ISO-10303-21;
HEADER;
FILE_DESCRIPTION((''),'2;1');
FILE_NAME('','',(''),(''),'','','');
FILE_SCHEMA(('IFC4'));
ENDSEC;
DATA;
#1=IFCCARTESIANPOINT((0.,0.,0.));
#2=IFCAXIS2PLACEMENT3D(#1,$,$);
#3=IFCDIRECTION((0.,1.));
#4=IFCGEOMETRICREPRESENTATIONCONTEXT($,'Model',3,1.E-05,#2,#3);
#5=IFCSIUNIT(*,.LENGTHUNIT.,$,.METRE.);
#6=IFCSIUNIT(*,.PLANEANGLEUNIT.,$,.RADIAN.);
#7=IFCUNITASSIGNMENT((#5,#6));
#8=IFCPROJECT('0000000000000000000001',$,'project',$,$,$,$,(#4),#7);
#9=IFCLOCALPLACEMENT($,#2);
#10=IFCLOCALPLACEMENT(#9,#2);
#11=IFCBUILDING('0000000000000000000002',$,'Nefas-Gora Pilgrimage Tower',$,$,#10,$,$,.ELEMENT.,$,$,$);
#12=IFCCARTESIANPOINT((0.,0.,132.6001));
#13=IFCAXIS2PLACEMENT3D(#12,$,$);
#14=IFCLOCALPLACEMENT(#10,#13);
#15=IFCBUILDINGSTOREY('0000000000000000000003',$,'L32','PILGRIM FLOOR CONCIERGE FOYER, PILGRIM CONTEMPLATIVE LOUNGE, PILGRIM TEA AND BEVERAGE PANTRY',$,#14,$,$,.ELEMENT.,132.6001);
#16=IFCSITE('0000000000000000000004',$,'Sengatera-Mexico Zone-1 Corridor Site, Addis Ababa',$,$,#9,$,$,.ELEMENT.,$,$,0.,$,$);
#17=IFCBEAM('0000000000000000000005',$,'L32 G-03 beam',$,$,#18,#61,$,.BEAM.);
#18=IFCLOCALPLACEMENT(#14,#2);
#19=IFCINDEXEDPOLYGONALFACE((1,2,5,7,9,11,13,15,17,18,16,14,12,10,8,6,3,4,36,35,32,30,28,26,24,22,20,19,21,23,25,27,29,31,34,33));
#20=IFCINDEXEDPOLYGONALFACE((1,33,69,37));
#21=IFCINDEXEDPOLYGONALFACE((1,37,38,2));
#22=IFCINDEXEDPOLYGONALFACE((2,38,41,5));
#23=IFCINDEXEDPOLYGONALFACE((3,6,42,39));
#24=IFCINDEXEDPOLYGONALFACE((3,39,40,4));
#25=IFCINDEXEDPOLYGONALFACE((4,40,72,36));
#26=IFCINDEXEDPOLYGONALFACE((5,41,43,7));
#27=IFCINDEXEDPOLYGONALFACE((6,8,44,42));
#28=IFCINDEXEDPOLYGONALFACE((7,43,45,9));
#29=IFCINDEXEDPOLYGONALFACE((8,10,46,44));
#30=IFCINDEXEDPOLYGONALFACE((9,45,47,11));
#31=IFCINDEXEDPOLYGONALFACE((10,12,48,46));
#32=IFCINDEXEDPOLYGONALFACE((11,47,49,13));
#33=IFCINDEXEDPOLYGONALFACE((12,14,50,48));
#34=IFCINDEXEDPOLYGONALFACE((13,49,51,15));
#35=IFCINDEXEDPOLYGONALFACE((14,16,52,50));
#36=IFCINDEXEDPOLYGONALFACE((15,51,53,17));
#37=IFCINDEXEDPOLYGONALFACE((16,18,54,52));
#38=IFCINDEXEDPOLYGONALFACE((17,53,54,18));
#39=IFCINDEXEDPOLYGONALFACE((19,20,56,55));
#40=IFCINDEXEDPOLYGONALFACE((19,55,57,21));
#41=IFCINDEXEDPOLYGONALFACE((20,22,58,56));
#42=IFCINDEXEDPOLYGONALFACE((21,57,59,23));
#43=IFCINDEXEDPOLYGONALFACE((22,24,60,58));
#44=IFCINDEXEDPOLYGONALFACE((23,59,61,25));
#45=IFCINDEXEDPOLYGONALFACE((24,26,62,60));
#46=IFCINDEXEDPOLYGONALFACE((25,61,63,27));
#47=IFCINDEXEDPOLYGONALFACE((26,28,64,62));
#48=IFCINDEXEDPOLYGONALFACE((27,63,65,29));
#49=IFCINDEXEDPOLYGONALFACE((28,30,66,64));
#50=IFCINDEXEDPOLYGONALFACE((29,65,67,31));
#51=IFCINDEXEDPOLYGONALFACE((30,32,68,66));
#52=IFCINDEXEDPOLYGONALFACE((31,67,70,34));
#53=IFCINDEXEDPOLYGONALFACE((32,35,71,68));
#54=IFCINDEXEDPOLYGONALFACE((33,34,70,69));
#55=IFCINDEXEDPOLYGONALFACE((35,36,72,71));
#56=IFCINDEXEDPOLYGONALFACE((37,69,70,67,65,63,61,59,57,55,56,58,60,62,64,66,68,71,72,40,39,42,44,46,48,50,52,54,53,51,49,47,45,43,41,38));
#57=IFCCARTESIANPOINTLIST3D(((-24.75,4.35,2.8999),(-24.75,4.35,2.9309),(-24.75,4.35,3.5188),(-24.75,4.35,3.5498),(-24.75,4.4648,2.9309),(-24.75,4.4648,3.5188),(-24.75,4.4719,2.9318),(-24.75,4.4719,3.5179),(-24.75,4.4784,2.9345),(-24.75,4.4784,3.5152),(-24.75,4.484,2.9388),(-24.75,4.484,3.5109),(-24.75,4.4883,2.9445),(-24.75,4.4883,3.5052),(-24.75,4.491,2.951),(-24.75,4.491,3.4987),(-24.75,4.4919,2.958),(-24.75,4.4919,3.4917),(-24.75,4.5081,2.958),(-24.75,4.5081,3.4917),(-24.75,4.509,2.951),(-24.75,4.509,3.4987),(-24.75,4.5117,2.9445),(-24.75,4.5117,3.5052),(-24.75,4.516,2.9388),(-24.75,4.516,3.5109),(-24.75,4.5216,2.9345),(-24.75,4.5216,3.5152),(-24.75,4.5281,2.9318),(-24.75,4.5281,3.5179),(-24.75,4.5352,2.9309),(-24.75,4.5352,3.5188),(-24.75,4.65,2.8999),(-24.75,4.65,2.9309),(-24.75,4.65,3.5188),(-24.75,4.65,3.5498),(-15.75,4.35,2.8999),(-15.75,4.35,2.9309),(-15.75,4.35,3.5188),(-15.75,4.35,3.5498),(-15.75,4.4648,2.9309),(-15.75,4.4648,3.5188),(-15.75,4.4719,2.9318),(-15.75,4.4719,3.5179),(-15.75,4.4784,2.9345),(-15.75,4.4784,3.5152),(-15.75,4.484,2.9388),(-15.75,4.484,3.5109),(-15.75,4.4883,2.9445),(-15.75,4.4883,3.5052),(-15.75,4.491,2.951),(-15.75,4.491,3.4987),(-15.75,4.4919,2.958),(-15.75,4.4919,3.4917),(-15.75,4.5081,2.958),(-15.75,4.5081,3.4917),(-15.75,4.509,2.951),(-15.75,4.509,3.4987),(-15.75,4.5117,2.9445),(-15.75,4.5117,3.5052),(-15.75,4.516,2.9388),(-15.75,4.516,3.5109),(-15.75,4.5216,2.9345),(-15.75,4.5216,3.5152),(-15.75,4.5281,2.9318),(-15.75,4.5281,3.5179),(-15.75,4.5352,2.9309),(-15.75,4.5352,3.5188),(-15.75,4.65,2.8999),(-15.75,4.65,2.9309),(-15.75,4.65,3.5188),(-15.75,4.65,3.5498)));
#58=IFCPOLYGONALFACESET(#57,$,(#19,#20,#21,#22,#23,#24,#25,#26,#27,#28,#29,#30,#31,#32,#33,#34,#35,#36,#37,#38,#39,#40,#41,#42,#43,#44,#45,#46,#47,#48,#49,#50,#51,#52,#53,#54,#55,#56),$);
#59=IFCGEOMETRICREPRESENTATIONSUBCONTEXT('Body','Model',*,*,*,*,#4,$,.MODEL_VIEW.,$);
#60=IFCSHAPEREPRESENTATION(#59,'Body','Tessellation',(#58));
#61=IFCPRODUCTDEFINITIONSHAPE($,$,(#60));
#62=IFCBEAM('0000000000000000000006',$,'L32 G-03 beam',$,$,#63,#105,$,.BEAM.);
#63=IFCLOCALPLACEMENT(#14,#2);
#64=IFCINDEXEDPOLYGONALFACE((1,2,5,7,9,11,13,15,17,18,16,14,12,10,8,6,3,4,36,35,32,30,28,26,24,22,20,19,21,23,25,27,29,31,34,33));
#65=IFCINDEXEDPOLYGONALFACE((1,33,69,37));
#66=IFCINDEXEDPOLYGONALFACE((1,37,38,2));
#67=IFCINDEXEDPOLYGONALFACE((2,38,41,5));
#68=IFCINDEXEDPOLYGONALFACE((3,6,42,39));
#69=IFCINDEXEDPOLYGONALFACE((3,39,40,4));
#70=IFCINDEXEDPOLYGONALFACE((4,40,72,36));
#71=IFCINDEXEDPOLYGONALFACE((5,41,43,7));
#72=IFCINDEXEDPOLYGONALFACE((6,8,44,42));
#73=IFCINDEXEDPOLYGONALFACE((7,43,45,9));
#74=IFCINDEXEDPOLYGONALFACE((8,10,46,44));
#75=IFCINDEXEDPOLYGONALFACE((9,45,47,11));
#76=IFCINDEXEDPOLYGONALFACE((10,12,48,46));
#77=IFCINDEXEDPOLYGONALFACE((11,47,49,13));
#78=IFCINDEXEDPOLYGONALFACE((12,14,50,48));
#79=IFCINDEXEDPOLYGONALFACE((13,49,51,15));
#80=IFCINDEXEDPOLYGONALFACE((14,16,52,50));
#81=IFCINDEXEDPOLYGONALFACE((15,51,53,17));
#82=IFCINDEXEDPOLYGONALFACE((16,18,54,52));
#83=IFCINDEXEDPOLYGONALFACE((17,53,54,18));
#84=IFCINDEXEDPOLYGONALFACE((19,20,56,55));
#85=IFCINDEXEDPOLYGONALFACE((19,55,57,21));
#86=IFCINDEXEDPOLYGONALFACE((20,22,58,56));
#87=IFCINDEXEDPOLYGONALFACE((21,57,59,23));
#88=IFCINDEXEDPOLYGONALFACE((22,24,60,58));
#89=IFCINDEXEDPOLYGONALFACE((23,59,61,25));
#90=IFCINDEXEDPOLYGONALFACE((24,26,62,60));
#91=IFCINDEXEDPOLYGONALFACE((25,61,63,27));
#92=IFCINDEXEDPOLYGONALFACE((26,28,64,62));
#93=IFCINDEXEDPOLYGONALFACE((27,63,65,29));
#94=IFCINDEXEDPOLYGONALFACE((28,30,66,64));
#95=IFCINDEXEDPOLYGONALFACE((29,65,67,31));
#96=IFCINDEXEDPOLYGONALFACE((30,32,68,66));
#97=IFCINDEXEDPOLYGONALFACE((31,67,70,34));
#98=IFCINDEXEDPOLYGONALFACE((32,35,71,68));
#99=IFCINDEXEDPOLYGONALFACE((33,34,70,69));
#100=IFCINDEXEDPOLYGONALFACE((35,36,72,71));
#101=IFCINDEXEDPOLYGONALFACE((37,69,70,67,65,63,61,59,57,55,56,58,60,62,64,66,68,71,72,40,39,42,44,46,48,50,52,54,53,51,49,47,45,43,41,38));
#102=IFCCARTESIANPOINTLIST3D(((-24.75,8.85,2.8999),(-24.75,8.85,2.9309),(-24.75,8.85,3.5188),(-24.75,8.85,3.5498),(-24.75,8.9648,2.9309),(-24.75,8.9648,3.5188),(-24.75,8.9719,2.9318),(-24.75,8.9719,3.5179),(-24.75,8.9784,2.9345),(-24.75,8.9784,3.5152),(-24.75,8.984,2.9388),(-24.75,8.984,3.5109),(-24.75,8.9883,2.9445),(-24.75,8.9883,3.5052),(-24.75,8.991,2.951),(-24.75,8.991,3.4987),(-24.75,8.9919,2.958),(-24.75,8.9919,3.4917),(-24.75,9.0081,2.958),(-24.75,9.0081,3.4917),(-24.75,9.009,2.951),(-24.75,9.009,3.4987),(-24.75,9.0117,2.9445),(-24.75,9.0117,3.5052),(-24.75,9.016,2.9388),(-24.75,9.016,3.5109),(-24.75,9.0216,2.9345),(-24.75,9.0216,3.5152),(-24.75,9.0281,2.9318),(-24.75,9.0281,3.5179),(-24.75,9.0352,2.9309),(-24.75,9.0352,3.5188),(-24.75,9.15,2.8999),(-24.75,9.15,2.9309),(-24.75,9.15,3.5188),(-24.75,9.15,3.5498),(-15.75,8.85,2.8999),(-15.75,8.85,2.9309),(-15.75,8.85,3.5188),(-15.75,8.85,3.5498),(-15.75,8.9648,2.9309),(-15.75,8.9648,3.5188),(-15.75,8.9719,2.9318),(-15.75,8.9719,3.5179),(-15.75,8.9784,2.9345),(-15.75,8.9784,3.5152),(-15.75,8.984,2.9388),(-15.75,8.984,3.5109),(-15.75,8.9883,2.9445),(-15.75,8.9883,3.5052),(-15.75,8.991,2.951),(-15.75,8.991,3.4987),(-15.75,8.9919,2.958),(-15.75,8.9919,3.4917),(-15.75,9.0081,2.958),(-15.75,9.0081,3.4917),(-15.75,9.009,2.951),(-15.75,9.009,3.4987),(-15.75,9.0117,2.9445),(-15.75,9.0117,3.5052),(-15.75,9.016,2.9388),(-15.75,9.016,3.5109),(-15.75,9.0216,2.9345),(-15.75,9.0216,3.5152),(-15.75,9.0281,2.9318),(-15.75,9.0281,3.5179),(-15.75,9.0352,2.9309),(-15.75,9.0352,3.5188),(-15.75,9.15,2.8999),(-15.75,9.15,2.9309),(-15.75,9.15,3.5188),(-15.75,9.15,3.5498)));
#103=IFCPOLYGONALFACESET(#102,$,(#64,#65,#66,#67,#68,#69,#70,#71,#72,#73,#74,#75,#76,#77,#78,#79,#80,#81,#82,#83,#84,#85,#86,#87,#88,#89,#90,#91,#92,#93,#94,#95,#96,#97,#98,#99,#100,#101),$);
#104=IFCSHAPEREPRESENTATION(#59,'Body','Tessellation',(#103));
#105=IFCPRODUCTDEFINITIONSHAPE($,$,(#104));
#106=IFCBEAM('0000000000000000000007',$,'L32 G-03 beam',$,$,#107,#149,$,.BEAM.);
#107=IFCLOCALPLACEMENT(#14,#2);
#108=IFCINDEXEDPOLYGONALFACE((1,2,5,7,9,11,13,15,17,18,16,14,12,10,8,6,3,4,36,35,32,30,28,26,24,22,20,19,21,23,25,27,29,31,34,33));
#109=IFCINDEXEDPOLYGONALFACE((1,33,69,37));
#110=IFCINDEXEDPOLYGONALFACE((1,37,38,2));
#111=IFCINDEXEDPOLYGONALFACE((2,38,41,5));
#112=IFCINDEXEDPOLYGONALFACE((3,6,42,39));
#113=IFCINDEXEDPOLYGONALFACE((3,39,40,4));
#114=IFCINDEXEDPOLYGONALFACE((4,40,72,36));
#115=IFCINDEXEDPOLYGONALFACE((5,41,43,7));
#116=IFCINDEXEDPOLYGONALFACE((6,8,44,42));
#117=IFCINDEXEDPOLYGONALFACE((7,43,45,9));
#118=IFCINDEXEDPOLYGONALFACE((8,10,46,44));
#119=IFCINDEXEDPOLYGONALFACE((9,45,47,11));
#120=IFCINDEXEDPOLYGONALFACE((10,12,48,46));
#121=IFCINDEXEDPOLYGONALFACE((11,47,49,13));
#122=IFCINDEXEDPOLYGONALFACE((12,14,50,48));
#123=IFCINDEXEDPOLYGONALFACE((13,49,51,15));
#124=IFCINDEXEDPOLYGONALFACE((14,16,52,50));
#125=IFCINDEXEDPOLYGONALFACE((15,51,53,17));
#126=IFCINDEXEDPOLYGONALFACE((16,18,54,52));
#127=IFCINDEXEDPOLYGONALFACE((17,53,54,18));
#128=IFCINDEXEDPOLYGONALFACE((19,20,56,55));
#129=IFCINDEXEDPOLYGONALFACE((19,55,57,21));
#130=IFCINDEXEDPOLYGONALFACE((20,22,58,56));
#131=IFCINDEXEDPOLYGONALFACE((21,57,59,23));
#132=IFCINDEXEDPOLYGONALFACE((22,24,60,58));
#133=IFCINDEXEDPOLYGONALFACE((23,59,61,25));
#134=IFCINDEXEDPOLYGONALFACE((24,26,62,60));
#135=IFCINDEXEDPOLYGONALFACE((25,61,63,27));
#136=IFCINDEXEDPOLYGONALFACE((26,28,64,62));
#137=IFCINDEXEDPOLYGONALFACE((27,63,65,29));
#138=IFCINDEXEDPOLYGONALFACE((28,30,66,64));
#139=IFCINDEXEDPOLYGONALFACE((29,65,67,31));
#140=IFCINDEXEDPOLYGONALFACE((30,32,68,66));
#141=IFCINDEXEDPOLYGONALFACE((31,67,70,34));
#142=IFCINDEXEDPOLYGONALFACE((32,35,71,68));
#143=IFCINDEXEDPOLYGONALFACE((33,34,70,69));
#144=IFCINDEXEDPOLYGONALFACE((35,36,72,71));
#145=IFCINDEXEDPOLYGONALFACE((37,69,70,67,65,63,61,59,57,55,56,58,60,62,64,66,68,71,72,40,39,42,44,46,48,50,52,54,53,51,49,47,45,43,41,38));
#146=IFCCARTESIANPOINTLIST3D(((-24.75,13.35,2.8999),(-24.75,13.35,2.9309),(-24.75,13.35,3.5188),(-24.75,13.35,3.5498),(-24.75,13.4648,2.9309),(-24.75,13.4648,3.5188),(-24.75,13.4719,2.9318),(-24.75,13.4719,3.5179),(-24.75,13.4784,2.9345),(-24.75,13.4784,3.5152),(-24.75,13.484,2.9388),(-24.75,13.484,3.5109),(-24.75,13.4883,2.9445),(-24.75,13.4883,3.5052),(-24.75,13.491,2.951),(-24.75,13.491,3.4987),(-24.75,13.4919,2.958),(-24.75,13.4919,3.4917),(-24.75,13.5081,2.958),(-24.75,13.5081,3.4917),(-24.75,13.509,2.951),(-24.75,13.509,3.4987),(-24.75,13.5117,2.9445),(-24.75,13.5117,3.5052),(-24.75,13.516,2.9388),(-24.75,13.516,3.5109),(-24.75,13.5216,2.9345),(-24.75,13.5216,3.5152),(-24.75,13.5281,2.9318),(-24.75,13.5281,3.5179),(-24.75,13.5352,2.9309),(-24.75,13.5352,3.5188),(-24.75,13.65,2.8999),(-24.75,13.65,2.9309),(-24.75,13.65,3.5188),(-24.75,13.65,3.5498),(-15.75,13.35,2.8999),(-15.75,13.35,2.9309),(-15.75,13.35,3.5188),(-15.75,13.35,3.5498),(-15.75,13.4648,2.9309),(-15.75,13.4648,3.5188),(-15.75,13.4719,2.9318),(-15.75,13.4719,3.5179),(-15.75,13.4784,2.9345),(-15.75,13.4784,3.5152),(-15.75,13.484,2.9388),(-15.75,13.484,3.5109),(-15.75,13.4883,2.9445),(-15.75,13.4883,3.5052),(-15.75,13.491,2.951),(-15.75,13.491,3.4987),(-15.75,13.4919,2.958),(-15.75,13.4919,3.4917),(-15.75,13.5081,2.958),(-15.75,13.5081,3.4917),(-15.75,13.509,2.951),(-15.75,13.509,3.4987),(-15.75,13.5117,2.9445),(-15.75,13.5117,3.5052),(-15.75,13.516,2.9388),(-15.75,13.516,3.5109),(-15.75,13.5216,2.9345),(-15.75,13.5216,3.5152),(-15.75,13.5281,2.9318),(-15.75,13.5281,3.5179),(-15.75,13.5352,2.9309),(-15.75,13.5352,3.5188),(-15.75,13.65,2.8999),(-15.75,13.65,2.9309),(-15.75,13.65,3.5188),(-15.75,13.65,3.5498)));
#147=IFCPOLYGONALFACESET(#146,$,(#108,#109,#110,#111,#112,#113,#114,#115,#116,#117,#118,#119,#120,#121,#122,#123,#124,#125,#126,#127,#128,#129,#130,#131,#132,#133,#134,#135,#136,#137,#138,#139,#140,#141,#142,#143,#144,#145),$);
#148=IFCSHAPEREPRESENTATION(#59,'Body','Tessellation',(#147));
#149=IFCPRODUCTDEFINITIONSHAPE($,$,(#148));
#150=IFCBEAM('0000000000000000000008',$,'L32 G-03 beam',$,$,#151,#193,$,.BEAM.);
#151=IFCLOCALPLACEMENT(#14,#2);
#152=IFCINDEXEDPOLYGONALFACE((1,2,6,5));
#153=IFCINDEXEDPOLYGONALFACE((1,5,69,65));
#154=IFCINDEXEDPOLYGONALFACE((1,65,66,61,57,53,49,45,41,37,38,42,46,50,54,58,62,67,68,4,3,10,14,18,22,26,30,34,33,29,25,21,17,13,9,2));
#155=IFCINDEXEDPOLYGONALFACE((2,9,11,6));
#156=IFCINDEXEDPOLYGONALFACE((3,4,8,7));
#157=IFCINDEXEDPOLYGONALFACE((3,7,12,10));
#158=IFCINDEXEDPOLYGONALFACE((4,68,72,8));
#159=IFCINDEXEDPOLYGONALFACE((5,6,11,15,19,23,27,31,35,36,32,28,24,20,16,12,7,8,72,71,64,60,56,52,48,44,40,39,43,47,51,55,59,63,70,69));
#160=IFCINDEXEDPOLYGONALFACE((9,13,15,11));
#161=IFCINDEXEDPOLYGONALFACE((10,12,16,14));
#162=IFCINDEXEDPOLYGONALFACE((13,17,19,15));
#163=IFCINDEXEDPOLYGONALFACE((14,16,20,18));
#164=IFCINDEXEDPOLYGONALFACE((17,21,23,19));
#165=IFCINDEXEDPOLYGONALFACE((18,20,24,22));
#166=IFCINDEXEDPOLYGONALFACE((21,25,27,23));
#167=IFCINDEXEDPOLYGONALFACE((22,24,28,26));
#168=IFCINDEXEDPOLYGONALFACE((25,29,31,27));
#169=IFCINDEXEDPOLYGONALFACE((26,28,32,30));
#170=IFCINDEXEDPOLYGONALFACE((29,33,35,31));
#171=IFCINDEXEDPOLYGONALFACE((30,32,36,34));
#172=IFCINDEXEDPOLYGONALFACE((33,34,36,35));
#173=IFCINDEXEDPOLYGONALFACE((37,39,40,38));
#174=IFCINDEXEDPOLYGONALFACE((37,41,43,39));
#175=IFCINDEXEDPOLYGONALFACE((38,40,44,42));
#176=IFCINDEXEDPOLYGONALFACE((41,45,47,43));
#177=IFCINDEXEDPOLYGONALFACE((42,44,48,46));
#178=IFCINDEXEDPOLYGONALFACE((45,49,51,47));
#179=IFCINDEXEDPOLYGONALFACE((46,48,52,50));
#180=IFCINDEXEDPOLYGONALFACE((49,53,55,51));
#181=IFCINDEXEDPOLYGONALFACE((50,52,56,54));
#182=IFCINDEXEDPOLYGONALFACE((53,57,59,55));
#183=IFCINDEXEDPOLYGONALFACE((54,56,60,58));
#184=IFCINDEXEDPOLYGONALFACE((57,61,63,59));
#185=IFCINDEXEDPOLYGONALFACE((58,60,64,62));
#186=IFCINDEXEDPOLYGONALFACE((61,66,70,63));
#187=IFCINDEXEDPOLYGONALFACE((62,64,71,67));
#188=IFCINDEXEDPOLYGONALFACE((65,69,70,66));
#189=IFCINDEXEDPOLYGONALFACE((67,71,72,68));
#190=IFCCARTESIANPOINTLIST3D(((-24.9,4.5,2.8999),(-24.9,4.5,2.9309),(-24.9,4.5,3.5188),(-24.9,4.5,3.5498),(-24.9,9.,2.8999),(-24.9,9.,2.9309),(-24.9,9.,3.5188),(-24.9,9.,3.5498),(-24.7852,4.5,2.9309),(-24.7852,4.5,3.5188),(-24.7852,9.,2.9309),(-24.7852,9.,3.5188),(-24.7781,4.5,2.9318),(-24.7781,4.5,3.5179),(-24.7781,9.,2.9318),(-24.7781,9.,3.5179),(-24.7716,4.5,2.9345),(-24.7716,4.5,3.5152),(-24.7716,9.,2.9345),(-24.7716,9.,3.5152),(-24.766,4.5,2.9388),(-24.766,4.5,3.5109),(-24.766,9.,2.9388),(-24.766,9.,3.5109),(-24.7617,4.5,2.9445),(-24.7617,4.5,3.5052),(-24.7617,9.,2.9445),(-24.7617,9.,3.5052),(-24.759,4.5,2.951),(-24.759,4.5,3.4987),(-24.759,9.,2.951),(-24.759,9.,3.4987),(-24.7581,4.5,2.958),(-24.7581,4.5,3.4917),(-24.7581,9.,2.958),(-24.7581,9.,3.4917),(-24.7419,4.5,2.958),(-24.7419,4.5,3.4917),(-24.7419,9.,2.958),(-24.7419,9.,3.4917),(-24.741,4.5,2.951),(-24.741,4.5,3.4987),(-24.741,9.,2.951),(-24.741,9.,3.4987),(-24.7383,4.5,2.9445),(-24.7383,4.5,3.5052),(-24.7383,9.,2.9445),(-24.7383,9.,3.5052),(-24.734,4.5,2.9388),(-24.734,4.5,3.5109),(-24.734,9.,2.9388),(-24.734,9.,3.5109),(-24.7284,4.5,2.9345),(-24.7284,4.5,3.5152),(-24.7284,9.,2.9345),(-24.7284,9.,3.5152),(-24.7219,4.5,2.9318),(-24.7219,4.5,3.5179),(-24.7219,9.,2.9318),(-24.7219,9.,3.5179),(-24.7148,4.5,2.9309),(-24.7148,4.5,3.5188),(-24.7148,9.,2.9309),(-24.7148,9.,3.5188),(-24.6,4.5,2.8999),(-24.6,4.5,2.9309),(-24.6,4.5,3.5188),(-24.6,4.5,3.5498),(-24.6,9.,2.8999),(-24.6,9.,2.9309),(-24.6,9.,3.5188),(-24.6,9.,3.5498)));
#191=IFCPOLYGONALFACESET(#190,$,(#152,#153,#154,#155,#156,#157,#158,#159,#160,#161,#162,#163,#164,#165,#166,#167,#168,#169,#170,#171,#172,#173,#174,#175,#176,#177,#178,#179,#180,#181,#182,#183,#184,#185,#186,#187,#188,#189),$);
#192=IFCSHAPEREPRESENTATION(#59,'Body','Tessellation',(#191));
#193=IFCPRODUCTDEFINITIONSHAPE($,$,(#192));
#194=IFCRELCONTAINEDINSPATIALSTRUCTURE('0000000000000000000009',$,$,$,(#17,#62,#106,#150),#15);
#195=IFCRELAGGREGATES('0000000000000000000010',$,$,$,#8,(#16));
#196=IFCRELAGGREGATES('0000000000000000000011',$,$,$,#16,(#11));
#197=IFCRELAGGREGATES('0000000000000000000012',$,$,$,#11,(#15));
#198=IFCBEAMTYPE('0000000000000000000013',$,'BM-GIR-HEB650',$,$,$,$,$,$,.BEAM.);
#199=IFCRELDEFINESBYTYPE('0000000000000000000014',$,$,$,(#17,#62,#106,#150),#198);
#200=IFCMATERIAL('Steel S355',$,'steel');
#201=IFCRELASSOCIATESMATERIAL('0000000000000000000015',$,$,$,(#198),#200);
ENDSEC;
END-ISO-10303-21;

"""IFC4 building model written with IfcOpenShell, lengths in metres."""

from ifc_helpers import new_model, si_unit, direction, frame, origin, origin_2d, place, context, subcontext, project, spatial, i_section, extrude, source, transform, mapped, material, material_profile, profile_set, type_object, element, save


model = new_model("IFC4")

# Units and contexts
model_context = context("Model", 3, precision=1e-05, world=origin(), true_north=direction((0.0, 1.0)))
body_context = subcontext(model_context, "Body", "Model", "MODEL_VIEW")
ifc_project = project(units=[si_unit("LENGTHUNIT", "METRE"), si_unit("PLANEANGLEUNIT", "RADIAN")], contexts=[model_context])

# Site, building, storey
site_placement = place(None, origin())
site = spatial("IfcSite", under=ifc_project, at=site_placement, Name="Sengatera-Mexico Zone-1 Corridor Site, Addis Ababa", CompositionType="ELEMENT", RefElevation=0.0)
building_placement = place(site_placement, origin())
building = spatial("IfcBuilding", under=site, at=building_placement, Name="Nefas-Gora Pilgrimage Tower", CompositionType="ELEMENT")
storey_placement = place(building_placement, frame((0.0, 0.0, 132.6001)))
storey = spatial("IfcBuildingStorey", under=building, at=storey_placement, Name="L32", Description="PILGRIM FLOOR CONCIERGE FOYER, PILGRIM CONTEMPLATIVE LOUNGE, PILGRIM TEA AND BEVERAGE PANTRY", CompositionType="ELEMENT", Elevation=132.6001)

# Beams
ifc_material_1 = material(Name="Steel S355", Category="steel")
ifc_material_profile_1 = material_profile(ifc_material_1, i_section(OverallWidth=0.3, OverallDepth=0.6499, WebThickness=0.0161, FlangeThickness=0.031, FilletRadius=0.0271, at=origin_2d()), Name="HEB 650")
ifc_profile_set_1 = profile_set([ifc_material_profile_1], Name="Steel S355")
beam_type_1 = type_object("IfcBeamType", Name="BM-GIR-HEB650", PredefinedType="BEAM", material=ifc_profile_set_1)
shared_shape_1 = source(origin(), body_context, "Body", "SweptSolid", [
    extrude(i_section(OverallWidth=0.3, OverallDepth=0.6499, WebThickness=0.0161, FlangeThickness=0.031, FilletRadius=0.0271, at=origin_2d()), origin(), (0.0, 0.0, 1.0), 9.0),
])
for number, where, z_axis, x_axis, name in (
    (1, (-24.75, 4.5, 3.2249), (1.0, 0.0, 0.0), (0.0, 1.0, 0.0), "L32 G-03 beam"),
    (2, (-24.75, 9.0, 3.2249), (1.0, 0.0, 0.0), (0.0, 1.0, 0.0), "L32 G-03 beam"),
    (3, (-24.75, 13.5, 3.2249), (1.0, 0.0, 0.0), (0.0, 1.0, 0.0), "L32 G-03 beam"),
):
    element("IfcBeam", number, at=place(storey_placement, frame(where, z_axis=z_axis, x_axis=x_axis)), inside=storey, type_object=beam_type_1, Name=name, PredefinedType="BEAM", context=body_context, shape_type="MappedRepresentation", body=[
        mapped(shared_shape_1, transform((0.0, 0.0, 0.0), x_axis=(1.0, 0.0, 0.0), y_axis=(0.0, 1.0, 0.0), z_axis=(0.0, 0.0, 1.0), scale=1.0)),
    ])
shared_shape_2 = source(origin(), body_context, "Body", "SweptSolid", [
    extrude(i_section(OverallWidth=0.3, OverallDepth=0.6499, WebThickness=0.0161, FlangeThickness=0.031, FilletRadius=0.0271, at=origin_2d()), origin(), (0.0, 0.0, 1.0), 4.5),
])
for number, where, z_axis, x_axis, name in (
    (4, (-24.75, 4.5, 3.2249), (0.0, 1.0, 0.0), (-1.0, 0.0, 0.0), "L32 G-03 beam"),
):
    element("IfcBeam", number, at=place(storey_placement, frame(where, z_axis=z_axis, x_axis=x_axis)), inside=storey, type_object=beam_type_1, Name=name, PredefinedType="BEAM", context=body_context, shape_type="MappedRepresentation", body=[
        mapped(shared_shape_2, transform((0.0, 0.0, 0.0), x_axis=(1.0, 0.0, 0.0), y_axis=(0.0, 1.0, 0.0), z_axis=(0.0, 0.0, 1.0), scale=1.0)),
    ])

save(model, "model.ifc")
